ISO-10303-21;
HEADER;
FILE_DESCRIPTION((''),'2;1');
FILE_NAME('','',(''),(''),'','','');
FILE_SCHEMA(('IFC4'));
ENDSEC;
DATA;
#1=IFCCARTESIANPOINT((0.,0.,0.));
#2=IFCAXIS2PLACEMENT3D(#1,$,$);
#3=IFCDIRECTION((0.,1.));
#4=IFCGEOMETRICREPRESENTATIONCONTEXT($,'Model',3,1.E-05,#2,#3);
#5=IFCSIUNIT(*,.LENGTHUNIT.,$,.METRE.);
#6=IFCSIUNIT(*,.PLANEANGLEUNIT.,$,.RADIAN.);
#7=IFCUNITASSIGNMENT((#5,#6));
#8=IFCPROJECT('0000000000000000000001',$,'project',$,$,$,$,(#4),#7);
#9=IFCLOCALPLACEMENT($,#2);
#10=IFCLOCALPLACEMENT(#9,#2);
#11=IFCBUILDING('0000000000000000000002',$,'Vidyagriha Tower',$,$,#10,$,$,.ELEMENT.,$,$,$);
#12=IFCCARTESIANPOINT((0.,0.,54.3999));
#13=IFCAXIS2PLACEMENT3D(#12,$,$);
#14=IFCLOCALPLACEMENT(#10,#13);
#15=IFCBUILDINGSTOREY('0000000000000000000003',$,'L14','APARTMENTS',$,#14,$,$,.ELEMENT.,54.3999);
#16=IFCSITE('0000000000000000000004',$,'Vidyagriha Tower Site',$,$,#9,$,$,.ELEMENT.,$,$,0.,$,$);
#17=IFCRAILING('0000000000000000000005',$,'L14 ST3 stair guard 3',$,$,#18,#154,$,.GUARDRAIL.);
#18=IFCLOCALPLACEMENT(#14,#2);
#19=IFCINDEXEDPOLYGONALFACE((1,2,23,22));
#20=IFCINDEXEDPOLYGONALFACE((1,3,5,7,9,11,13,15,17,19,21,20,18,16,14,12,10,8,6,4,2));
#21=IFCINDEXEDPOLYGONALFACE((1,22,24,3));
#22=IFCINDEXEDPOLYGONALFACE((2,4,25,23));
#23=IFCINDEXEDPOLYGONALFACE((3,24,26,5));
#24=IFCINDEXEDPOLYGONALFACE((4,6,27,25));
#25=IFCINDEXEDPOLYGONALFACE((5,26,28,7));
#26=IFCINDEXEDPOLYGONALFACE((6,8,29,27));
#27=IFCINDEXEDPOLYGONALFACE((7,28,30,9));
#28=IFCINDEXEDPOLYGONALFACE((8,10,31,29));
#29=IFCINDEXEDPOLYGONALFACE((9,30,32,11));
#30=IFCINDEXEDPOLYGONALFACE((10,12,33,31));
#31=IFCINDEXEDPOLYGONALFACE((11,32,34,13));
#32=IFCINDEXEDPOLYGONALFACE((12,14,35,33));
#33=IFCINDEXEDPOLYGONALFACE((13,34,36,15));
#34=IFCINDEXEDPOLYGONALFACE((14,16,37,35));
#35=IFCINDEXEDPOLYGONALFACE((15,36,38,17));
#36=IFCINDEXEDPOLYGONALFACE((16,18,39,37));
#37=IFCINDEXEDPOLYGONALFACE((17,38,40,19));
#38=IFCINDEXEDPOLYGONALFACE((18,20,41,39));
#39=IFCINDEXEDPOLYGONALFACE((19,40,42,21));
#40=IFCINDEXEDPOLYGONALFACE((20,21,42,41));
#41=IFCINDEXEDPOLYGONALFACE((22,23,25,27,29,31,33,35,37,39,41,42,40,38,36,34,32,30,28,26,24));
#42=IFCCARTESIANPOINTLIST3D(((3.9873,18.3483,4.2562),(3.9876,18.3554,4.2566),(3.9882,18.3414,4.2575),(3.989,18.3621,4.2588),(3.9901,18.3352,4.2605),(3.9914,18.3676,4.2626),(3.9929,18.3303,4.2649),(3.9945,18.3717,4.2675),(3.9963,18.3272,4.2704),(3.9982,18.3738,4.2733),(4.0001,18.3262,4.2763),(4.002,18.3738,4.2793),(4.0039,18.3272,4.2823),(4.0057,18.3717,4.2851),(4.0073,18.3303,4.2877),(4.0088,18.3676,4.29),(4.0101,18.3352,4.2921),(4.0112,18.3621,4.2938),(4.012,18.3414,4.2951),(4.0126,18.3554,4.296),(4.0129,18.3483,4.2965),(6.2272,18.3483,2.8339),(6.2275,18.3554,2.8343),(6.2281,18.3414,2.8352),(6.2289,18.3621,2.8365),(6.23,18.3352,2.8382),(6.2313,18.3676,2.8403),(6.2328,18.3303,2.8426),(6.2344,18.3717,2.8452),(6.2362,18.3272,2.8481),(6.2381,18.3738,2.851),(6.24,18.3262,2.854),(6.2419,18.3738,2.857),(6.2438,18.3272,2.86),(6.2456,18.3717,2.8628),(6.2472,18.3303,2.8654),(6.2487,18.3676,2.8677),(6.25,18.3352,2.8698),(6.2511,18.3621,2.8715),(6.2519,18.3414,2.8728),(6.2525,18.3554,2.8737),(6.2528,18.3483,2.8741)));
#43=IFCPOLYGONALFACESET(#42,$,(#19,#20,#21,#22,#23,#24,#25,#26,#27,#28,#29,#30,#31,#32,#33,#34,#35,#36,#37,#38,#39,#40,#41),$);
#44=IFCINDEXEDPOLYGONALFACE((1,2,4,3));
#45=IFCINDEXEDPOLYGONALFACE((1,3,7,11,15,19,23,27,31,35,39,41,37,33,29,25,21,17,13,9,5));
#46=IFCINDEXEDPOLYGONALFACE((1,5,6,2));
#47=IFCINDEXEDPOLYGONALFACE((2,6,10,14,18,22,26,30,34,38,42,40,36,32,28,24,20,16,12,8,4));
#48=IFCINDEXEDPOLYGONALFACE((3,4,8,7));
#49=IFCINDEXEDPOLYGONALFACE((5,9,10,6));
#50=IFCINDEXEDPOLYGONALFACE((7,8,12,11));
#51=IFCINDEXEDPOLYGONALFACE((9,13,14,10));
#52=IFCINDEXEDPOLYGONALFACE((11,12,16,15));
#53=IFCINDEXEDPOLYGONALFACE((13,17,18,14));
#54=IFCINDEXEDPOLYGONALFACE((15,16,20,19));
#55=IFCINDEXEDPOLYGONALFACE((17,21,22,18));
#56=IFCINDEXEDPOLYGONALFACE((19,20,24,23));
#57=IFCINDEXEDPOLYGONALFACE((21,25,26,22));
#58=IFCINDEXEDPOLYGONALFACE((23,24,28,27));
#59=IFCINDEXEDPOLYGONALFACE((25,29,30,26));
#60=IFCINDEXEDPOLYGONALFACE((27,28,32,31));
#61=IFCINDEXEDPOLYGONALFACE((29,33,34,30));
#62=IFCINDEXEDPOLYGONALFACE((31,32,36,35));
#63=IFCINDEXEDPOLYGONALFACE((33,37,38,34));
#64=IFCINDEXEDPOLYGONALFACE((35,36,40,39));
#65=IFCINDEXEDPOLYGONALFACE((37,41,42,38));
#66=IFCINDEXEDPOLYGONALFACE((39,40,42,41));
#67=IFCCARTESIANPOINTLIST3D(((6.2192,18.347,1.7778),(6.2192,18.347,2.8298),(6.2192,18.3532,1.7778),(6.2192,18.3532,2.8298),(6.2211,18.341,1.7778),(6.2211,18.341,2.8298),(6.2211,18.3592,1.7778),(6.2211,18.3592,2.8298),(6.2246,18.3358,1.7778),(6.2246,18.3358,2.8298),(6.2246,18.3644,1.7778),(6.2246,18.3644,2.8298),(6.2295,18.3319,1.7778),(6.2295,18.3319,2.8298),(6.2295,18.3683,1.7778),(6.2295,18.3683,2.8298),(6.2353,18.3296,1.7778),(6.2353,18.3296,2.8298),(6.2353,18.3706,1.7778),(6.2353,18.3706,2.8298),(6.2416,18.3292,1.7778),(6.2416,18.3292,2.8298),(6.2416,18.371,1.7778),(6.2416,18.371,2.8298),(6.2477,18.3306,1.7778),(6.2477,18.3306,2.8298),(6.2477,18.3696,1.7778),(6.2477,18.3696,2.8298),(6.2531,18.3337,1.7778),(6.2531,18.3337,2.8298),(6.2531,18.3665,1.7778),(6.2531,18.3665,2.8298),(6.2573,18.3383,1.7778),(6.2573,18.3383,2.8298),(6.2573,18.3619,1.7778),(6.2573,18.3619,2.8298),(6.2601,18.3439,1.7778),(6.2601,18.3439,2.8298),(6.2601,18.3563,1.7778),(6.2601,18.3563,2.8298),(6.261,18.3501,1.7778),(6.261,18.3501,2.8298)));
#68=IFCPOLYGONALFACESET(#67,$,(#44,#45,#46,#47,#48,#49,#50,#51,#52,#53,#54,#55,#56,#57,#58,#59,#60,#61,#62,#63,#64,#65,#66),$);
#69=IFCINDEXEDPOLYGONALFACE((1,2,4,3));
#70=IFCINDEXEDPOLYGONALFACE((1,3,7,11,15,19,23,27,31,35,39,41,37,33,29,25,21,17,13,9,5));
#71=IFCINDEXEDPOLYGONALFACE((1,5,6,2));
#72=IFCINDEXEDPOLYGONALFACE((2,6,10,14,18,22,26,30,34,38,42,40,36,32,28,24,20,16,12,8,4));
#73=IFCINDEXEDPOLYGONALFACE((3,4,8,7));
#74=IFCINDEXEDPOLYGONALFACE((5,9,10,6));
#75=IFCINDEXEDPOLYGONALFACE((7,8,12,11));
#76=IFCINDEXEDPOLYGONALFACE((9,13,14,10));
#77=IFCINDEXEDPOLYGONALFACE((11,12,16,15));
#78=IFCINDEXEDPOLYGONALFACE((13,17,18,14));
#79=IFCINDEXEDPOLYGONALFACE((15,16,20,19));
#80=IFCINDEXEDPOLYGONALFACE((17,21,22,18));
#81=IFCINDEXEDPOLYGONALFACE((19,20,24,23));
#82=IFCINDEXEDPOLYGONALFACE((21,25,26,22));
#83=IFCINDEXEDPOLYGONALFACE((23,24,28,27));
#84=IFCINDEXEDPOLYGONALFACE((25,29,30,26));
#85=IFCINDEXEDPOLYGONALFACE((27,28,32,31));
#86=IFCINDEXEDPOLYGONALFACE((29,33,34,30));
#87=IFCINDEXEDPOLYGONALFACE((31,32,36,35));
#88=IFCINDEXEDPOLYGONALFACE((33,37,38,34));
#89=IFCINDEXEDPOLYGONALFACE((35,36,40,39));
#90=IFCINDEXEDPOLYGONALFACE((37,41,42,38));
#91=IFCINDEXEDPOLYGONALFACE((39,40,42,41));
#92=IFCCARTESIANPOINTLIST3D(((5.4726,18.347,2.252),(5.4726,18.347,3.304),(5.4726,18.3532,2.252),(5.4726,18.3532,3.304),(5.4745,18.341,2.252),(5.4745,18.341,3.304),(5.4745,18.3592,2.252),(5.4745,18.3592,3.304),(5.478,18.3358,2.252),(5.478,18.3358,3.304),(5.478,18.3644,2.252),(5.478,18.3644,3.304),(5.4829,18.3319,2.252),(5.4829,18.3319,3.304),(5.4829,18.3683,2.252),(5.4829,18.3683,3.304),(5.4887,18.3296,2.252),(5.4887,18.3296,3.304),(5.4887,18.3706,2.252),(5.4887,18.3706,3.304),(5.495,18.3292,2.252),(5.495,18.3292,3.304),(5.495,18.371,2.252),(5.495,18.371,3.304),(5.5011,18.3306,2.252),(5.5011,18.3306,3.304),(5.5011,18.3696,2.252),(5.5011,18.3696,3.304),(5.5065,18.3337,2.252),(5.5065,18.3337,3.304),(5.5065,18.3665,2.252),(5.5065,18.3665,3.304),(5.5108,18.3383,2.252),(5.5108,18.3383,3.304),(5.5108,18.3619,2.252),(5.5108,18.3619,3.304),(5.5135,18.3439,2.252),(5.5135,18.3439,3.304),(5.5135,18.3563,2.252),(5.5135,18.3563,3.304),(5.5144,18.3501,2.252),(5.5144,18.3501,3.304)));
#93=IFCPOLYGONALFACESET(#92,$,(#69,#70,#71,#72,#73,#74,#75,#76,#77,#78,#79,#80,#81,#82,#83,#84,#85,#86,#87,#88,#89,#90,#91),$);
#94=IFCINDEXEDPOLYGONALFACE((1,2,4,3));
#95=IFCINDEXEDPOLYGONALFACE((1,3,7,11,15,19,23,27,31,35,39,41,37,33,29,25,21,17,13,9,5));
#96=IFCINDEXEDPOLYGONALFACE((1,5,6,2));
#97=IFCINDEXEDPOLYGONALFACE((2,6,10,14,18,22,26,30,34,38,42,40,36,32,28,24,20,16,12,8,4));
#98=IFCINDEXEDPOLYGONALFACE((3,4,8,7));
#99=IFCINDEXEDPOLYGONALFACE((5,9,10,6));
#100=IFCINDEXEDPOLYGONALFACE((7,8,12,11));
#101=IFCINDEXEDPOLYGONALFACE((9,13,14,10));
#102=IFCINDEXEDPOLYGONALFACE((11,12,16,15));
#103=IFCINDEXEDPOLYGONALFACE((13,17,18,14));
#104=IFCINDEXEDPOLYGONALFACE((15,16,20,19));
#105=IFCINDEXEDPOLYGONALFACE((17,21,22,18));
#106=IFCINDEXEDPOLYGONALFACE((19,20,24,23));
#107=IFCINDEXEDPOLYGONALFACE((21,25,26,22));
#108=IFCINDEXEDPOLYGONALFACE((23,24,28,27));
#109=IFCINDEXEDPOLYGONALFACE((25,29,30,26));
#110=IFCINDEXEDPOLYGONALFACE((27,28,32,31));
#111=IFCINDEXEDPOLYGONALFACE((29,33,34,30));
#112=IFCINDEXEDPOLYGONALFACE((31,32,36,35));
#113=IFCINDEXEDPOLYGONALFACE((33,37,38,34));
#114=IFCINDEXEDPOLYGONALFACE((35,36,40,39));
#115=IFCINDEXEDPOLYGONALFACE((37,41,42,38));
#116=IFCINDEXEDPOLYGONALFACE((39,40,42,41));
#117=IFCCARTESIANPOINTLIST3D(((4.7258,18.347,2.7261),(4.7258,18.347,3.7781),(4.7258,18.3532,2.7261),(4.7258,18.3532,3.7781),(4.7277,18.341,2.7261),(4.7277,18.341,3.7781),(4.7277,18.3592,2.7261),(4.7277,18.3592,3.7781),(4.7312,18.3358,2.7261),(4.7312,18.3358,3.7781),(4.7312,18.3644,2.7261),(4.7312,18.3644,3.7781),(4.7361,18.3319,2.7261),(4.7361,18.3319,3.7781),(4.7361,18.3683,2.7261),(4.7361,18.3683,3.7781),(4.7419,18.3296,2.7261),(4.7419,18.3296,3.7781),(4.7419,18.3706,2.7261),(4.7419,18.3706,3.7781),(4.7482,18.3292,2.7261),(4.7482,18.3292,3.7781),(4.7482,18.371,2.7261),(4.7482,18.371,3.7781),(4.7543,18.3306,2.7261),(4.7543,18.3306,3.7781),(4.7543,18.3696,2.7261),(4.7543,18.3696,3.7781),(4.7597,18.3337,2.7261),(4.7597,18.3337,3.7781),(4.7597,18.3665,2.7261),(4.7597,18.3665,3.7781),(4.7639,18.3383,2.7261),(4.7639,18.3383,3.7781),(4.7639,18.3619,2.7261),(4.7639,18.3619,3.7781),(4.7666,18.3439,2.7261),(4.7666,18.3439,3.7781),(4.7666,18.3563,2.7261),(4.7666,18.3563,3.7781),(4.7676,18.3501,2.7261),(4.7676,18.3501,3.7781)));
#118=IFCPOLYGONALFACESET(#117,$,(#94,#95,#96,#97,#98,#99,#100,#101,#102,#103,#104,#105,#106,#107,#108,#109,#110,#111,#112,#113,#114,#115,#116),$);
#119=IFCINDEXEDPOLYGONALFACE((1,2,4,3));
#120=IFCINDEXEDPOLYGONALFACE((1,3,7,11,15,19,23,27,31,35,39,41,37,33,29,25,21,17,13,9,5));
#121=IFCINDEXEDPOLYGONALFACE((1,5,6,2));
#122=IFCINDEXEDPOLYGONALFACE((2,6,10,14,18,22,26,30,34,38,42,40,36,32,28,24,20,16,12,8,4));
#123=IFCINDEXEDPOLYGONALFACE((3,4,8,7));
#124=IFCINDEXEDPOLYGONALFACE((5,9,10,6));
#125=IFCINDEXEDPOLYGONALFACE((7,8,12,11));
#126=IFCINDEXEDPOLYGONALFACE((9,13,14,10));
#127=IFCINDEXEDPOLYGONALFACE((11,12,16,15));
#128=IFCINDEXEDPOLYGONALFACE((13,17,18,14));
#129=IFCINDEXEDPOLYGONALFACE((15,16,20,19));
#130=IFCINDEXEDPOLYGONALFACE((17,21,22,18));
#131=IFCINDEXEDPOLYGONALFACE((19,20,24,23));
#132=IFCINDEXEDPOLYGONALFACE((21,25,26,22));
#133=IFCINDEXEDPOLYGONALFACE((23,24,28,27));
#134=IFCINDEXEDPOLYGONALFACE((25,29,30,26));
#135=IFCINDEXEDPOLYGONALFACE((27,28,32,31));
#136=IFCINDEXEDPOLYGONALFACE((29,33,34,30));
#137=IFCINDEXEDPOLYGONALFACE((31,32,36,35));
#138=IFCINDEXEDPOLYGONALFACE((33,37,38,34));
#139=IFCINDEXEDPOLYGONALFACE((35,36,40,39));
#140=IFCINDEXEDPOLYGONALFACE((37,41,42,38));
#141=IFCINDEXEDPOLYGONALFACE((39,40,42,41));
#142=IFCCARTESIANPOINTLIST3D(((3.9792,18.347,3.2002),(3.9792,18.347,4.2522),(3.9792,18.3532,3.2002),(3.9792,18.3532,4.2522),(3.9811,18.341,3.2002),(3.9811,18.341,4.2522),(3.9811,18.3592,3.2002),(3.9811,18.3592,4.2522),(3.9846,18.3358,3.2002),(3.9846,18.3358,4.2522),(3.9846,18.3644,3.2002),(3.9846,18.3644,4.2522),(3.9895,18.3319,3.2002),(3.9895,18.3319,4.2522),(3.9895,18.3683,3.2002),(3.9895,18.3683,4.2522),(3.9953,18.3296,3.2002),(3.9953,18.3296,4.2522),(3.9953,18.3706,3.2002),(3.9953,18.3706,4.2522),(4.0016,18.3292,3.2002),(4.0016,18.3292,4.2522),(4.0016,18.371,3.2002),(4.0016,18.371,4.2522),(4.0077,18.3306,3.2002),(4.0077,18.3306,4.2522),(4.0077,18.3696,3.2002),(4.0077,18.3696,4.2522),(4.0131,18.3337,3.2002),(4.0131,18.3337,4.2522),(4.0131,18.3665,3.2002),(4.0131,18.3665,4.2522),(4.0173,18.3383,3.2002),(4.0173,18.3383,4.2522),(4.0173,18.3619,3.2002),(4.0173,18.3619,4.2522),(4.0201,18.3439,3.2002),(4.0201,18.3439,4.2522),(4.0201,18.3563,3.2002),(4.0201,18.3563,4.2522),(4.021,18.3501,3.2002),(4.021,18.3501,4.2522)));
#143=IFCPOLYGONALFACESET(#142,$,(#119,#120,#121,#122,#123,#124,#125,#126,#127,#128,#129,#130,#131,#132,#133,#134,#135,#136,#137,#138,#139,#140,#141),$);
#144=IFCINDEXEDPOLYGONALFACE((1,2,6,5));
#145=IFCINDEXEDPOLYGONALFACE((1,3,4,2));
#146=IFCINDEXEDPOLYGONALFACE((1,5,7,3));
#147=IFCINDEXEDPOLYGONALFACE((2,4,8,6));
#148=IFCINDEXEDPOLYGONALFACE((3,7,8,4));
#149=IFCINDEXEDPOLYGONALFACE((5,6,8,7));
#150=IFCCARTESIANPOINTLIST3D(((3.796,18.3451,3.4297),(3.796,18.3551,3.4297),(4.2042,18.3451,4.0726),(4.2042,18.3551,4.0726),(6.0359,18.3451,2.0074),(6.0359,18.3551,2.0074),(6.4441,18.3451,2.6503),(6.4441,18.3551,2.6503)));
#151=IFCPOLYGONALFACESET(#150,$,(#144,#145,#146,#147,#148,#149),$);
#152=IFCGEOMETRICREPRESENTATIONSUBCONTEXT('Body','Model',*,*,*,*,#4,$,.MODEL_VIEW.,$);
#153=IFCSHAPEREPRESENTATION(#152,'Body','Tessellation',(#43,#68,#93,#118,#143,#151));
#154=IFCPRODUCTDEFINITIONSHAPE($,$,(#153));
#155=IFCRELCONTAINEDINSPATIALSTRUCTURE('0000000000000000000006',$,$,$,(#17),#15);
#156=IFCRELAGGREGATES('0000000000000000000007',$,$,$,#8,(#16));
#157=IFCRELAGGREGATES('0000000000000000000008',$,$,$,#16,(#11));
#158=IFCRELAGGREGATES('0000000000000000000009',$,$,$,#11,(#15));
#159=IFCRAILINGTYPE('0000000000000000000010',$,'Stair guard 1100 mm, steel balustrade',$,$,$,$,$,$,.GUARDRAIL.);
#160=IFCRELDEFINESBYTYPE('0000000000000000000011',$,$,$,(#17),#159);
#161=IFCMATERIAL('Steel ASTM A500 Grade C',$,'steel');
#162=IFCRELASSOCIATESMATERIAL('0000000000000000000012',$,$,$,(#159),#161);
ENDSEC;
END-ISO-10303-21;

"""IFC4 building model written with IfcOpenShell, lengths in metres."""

from ifc_helpers import new_model, si_unit, direction, frame, origin, origin_2d, place, context, subcontext, project, spatial, rectangle, circle, extrude, material, type_object, element, save


model = new_model("IFC4")

# Units and contexts
model_context = context("Model", 3, precision=1e-05, world=origin(), true_north=direction((0.0, 1.0)))
body_context = subcontext(model_context, "Body", "Model", "MODEL_VIEW")
ifc_project = project(units=[si_unit("LENGTHUNIT", "METRE"), si_unit("PLANEANGLEUNIT", "RADIAN")], contexts=[model_context])

# Site, building, storey
site_placement = place(None, origin())
site = spatial("IfcSite", under=ifc_project, at=site_placement, Name="Vidyagriha Tower Site", CompositionType="ELEMENT", RefElevation=0.0)
building_placement = place(site_placement, origin())
building = spatial("IfcBuilding", under=site, at=building_placement, Name="Vidyagriha Tower", CompositionType="ELEMENT")
storey_placement = place(building_placement, frame((0.0, 0.0, 54.3999)))
storey = spatial("IfcBuildingStorey", under=building, at=storey_placement, Name="L14", Description="APARTMENTS", CompositionType="ELEMENT", Elevation=54.3999)

# Railing
ifc_material_1 = material(Name="Steel ASTM A500 Grade C", Category="steel")
railing_type_1 = type_object("IfcRailingType", Name="Stair guard 1100 mm, steel balustrade", PredefinedType="GUARDRAIL", material=ifc_material_1)
railing_1_placement = place(storey_placement, frame((6.24, 18.3501, 1.7778)))
element("IfcRailing", 1, at=railing_1_placement, inside=storey, type_object=railing_type_1, Name="L14 ST3 stair guard 3", PredefinedType="GUARDRAIL", context=body_context, shape_type="SweptSolid", body=[
    extrude(circle(Radius=0.0239, at=origin_2d()), frame((0.0, 0.0, 1.0762), z_axis=(-0.844188, 0.0, 0.536048), x_axis=(0.0, -1.0, 0.0)), (0.0, 0.0, 1.0), 2.6533),
    extrude(circle(Radius=0.021, at=origin_2d()), origin(), (0.0, 0.0, 1.0), 1.052),
    extrude(circle(Radius=0.021, at=origin_2d()), frame((-0.7466, 0.0, 0.4741)), (0.0, 0.0, 1.0), 1.052),
    extrude(circle(Radius=0.021, at=origin_2d()), frame((-1.4934, 0.0, 0.9482)), (0.0, 0.0, 1.0), 1.052),
    extrude(circle(Radius=0.021, at=origin_2d()), frame((-2.24, 0.0, 1.4224)), (0.0, 0.0, 1.0), 1.052),
    extrude(rectangle(XDim=0.01, YDim=0.7615, at=origin_2d()), frame((0.0, 0.0, 0.551), z_axis=(-0.844188, 0.0, 0.536048), x_axis=(0.0, -1.0, 0.0)), (0.0, 0.0, 1.0), 2.6533),
])

save(model, "model.ifc")
